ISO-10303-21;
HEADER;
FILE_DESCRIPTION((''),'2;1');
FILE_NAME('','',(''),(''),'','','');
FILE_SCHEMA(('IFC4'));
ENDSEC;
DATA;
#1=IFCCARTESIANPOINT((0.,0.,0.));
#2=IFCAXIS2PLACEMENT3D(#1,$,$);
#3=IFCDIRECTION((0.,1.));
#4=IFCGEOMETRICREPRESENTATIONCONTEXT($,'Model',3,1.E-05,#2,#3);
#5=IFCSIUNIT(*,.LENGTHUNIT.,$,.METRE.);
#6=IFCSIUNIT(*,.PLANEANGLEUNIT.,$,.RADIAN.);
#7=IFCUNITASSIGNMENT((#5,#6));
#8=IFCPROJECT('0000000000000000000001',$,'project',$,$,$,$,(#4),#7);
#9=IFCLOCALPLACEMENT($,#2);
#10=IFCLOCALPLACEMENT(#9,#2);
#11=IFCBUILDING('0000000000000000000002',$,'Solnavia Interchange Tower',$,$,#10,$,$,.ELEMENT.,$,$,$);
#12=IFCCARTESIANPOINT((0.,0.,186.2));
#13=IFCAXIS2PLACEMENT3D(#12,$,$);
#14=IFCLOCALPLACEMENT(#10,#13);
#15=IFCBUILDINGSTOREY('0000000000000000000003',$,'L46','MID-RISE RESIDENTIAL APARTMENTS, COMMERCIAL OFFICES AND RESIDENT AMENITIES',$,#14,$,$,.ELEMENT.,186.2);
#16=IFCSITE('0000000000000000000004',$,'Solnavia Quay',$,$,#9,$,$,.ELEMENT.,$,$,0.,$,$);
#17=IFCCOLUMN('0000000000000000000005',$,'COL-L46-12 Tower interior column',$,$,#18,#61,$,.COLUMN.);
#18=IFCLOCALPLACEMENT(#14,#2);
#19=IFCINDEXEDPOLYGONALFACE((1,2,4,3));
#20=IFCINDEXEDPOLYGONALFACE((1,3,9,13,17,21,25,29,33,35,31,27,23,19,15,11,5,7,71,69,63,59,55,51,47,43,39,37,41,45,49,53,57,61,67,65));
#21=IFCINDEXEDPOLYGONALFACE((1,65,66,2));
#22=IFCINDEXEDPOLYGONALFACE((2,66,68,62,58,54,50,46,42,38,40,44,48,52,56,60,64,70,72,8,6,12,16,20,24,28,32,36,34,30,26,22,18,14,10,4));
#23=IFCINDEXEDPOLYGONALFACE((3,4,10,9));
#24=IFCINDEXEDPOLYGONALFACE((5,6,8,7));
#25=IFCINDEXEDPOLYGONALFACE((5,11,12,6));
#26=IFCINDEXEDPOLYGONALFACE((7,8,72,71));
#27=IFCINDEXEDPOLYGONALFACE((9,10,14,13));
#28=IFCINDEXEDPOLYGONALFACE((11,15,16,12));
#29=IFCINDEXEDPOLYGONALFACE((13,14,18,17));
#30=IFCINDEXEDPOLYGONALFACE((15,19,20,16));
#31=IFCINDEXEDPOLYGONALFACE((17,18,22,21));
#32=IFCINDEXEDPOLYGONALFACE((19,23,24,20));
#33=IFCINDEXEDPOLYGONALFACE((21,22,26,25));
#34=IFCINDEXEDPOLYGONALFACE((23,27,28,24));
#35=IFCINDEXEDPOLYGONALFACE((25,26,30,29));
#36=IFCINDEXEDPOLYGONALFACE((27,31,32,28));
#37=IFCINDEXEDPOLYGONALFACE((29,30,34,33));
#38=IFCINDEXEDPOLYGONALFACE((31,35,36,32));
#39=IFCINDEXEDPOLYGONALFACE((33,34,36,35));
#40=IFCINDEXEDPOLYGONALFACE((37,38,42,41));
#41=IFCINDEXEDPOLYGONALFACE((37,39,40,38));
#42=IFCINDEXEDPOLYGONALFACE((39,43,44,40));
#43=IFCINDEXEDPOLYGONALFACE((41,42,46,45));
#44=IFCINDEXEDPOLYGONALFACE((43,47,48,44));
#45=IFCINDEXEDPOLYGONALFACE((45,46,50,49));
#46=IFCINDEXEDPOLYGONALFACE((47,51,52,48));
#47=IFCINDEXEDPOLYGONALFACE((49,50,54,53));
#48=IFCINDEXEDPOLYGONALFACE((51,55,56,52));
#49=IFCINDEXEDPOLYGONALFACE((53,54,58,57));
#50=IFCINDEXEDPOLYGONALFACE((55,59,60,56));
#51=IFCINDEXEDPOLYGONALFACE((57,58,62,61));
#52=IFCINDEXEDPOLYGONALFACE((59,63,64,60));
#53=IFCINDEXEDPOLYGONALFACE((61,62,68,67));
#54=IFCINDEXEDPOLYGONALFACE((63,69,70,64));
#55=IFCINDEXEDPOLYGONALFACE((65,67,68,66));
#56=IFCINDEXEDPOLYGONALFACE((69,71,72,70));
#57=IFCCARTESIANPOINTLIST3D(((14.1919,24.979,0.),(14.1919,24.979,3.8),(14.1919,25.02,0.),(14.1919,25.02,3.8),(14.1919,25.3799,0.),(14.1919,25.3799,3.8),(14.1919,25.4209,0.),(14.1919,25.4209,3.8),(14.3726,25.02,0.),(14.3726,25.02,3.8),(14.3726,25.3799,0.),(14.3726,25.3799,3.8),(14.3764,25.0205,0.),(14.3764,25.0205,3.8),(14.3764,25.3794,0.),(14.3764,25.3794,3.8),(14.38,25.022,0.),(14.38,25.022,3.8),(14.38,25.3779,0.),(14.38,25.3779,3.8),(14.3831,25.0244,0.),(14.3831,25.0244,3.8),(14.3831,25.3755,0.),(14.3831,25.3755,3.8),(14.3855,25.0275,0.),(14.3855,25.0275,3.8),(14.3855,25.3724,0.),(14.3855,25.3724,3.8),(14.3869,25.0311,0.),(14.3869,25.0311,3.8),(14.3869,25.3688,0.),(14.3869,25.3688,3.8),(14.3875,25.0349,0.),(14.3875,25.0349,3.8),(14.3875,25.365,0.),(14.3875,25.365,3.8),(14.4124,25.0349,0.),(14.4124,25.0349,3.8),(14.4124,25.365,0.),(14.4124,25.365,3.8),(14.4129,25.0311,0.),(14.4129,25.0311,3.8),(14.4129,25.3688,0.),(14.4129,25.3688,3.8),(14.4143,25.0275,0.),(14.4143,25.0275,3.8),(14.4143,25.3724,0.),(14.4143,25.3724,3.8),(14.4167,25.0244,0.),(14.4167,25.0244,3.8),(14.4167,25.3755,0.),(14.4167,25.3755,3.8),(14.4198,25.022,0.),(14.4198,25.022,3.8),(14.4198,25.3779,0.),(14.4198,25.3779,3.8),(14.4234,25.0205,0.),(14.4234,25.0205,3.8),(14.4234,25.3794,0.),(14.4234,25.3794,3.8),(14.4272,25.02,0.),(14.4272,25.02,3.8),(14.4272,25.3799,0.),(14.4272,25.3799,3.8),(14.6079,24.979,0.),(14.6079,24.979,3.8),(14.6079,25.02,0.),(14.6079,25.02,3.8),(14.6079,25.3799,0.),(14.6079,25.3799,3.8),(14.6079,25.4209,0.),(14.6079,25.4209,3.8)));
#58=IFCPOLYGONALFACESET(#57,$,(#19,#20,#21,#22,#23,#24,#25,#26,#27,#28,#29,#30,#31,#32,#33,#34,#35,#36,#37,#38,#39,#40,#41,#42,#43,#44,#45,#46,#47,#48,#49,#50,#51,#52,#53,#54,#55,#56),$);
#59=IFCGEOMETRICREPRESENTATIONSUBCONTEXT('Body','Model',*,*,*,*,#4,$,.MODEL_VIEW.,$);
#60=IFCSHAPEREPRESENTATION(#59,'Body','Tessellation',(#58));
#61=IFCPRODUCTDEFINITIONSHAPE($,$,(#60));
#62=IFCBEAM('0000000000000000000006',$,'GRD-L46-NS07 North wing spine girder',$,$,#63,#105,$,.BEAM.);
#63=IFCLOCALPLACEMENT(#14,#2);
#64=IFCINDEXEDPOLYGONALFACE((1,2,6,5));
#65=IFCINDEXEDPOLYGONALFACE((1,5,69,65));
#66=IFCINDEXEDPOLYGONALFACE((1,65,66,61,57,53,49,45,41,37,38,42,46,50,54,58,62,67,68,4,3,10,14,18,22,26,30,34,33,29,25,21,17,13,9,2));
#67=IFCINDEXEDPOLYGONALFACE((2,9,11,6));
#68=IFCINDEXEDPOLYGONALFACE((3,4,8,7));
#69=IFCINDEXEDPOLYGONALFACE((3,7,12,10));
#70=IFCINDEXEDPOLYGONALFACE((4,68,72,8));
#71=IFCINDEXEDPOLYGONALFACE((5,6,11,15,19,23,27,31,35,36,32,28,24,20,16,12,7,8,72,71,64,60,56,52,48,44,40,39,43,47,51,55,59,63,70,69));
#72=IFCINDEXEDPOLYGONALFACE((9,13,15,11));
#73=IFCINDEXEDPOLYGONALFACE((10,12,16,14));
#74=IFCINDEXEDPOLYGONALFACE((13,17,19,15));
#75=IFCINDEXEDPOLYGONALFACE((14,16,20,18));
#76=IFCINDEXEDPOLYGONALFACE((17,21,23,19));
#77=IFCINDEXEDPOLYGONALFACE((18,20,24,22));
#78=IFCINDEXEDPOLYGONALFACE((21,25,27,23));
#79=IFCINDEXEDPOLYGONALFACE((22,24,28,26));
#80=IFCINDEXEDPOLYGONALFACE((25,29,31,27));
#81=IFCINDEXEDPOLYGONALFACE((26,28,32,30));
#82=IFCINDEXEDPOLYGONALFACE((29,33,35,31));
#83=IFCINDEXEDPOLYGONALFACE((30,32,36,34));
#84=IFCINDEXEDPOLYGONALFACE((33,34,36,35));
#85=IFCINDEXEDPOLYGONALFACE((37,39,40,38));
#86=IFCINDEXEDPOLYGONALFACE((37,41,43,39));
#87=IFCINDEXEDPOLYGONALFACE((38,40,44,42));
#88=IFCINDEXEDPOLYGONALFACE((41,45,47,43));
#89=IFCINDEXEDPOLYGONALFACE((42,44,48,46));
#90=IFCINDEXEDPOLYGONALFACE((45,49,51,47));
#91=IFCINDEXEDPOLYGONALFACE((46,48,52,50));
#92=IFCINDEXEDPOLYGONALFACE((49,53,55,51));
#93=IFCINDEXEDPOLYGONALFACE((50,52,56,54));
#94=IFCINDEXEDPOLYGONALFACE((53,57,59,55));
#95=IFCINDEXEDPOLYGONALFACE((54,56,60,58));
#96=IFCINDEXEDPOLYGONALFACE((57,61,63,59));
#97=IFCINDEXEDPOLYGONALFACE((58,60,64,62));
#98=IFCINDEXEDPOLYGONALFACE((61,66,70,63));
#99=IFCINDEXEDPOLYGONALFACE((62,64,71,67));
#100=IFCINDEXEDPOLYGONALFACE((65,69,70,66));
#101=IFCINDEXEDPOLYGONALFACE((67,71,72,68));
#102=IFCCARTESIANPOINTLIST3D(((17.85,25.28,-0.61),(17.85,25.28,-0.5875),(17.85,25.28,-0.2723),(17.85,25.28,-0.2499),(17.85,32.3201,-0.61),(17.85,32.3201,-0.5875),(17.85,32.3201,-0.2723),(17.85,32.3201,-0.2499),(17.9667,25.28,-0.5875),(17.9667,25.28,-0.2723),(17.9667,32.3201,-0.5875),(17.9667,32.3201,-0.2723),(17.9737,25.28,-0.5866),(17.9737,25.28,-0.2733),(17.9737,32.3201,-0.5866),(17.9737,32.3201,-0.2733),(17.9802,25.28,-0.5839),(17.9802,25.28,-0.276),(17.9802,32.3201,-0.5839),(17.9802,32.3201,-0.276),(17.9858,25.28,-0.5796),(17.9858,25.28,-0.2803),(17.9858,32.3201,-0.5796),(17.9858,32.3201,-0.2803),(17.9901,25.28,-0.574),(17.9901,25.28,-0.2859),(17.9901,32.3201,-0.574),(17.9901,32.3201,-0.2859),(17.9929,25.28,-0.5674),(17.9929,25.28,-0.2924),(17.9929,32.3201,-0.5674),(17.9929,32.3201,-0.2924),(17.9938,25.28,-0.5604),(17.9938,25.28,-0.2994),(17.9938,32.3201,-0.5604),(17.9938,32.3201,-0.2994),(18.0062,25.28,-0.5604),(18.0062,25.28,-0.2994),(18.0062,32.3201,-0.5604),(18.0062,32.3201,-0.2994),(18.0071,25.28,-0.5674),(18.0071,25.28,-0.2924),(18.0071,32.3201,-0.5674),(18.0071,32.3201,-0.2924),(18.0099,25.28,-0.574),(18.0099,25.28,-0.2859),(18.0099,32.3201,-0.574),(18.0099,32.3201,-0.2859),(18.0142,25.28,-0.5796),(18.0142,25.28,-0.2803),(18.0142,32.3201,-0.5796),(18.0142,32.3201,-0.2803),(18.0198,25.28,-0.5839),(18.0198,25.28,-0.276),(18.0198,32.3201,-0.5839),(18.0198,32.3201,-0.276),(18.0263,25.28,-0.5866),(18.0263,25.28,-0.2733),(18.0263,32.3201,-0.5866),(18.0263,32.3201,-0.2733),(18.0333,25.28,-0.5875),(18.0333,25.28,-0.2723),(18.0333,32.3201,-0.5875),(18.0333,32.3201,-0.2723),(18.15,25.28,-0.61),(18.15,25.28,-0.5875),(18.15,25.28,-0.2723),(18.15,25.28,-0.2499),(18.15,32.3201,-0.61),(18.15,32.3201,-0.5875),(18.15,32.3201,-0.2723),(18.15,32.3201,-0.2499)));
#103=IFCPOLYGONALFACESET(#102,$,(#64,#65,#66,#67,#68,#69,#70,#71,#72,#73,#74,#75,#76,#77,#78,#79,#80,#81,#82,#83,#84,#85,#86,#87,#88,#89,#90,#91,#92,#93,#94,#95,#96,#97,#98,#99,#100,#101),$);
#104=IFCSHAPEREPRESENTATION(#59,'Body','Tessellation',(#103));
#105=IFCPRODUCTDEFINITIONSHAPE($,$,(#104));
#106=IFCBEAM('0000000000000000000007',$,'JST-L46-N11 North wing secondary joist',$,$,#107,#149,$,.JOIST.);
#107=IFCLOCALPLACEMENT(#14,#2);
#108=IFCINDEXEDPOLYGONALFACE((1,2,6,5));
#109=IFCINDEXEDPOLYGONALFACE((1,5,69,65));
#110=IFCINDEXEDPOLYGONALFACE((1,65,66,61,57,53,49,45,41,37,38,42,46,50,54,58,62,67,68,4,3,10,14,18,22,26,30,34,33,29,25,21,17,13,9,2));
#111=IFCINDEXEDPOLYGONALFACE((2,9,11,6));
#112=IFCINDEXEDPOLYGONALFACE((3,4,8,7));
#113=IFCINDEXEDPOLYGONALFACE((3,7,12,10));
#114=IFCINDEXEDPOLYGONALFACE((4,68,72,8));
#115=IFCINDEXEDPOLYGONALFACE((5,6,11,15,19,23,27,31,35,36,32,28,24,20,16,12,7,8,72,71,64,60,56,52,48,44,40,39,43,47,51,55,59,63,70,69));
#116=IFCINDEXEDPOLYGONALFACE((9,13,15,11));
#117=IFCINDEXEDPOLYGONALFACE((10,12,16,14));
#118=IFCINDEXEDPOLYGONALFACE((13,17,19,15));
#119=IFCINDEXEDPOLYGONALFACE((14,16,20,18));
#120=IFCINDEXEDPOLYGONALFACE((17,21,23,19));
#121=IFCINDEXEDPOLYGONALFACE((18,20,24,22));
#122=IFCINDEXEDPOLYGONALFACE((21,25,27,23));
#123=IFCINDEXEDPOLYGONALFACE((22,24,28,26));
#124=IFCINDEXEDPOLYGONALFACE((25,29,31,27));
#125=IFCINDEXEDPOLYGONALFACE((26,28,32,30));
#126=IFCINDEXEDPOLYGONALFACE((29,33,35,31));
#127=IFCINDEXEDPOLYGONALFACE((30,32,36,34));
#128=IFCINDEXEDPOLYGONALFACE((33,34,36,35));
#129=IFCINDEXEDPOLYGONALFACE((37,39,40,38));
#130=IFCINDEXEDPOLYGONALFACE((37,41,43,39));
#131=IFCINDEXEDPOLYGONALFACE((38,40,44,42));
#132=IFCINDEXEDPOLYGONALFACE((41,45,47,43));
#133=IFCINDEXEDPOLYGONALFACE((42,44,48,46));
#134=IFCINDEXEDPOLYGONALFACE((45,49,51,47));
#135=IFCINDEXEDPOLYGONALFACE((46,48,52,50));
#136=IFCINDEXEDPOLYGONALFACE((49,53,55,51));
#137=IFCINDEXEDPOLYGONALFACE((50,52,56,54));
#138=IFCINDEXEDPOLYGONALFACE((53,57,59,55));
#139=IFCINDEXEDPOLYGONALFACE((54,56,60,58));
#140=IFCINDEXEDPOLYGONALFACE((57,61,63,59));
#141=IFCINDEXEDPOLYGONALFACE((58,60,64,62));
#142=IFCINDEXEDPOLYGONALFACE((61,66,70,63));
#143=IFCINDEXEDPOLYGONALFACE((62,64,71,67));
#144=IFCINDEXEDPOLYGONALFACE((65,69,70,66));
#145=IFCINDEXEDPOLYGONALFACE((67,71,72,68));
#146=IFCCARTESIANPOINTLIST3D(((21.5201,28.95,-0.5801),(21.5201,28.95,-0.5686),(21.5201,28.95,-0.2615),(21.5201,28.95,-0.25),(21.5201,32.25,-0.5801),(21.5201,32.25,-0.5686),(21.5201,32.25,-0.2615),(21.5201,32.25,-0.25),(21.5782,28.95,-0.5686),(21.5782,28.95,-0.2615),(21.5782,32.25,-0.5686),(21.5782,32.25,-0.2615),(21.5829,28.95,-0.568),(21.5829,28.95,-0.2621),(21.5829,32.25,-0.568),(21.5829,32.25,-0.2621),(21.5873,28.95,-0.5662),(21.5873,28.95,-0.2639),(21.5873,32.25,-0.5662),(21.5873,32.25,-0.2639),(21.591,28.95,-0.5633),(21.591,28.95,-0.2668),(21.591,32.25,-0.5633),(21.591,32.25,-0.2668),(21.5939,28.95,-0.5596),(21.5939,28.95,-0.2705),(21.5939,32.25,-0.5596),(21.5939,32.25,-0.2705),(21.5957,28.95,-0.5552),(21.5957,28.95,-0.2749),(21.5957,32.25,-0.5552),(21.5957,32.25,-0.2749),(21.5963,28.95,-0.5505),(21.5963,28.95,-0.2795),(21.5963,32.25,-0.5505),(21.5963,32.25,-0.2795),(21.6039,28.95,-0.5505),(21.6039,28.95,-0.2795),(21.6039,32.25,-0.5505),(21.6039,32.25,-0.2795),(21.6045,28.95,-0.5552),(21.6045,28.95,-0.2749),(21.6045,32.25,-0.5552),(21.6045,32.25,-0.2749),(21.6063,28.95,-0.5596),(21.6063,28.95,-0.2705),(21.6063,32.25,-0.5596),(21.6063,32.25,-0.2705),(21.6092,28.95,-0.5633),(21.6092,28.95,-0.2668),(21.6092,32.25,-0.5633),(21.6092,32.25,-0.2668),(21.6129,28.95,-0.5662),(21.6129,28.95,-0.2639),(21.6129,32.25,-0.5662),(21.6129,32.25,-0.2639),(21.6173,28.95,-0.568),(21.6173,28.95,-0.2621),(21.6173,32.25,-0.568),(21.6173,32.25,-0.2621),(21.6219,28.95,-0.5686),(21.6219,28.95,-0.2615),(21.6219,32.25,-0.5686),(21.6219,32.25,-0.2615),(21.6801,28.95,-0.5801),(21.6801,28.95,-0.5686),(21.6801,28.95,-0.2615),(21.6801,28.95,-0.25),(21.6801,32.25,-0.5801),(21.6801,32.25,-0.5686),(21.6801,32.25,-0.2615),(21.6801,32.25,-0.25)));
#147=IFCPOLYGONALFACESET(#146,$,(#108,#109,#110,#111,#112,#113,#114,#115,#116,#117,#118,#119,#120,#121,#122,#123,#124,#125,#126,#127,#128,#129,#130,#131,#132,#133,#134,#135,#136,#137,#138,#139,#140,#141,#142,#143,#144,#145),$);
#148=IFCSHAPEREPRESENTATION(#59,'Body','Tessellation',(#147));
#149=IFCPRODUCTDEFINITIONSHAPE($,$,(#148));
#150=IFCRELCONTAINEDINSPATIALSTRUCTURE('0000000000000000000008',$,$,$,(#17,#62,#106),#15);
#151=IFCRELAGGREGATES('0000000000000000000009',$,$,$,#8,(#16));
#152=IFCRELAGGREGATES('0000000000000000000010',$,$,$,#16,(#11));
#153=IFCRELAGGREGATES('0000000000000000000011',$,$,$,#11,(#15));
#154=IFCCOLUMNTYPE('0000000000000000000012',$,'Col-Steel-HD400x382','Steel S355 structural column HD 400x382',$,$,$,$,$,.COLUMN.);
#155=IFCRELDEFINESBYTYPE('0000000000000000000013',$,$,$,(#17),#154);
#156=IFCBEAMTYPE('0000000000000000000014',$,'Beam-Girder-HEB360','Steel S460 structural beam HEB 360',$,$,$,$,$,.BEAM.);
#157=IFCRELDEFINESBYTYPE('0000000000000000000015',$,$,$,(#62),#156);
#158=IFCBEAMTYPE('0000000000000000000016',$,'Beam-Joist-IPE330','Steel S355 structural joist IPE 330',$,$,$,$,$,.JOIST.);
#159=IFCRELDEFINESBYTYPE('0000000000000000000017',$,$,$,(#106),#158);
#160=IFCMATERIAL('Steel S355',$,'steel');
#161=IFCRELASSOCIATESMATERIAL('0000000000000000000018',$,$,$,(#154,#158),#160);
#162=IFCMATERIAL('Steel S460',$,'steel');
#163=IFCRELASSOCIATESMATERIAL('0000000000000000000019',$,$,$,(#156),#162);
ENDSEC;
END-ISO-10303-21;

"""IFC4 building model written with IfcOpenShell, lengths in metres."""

from ifc_helpers import new_model, si_unit, direction, frame, origin, origin_2d, place, context, subcontext, project, spatial, i_section, extrude, material, material_profile, profile_set, type_object, element, save


model = new_model("IFC4")

# Units and contexts
model_context = context("Model", 3, precision=1e-05, world=origin(), true_north=direction((0.0, 1.0)))
body_context = subcontext(model_context, "Body", "Model", "MODEL_VIEW")
ifc_project = project(units=[si_unit("LENGTHUNIT", "METRE"), si_unit("PLANEANGLEUNIT", "RADIAN")], contexts=[model_context])

# Site, building, storey
site_placement = place(None, origin())
site = spatial("IfcSite", under=ifc_project, at=site_placement, Name="Solnavia Quay", CompositionType="ELEMENT", RefElevation=0.0)
building_placement = place(site_placement, origin())
building = spatial("IfcBuilding", under=site, at=building_placement, Name="Solnavia Interchange Tower", CompositionType="ELEMENT")
storey_placement = place(building_placement, frame((0.0, 0.0, 186.2)))
storey = spatial("IfcBuildingStorey", under=building, at=storey_placement, Name="L46", Description="MID-RISE RESIDENTIAL APARTMENTS, COMMERCIAL OFFICES AND RESIDENT AMENITIES", CompositionType="ELEMENT", Elevation=186.2)

# Column
ifc_material_1 = material(Name="Steel S355", Category="steel")
ifc_material_profile_1 = material_profile(ifc_material_1, i_section(OverallWidth=0.416, OverallDepth=0.4419, WebThickness=0.0249, FlangeThickness=0.041, FilletRadius=0.0149, at=origin_2d()), Name="HD 400x382")
ifc_profile_set_1 = profile_set([ifc_material_profile_1], Name="Steel S355")
column_type = type_object("IfcColumnType", Name="Col-Steel-HD400x382", Description="Steel S355 structural column HD 400x382", PredefinedType="COLUMN", material=ifc_profile_set_1)
column_placement = place(storey_placement, frame((14.3999, 25.2, 0.0), z_axis=(0.0, 0.0, 1.0), x_axis=(1.0, 0.0, 0.0)))
element("IfcColumn", 1, at=column_placement, inside=storey, type_object=column_type, Name="COL-L46-12 Tower interior column", PredefinedType="COLUMN", context=body_context, shape_type="SweptSolid", body=[
    extrude(i_section(OverallWidth=0.416, OverallDepth=0.4419, WebThickness=0.0249, FlangeThickness=0.041, FilletRadius=0.0149, at=origin_2d()), origin(), (0.0, 0.0, 1.0), 3.8),
])

# Beams
ifc_material_2 = material(Name="Steel S460", Category="steel")
ifc_material_profile_2 = material_profile(ifc_material_2, i_section(OverallWidth=0.3, OverallDepth=0.3601, WebThickness=0.0125, FlangeThickness=0.0225, FilletRadius=0.0271, at=origin_2d()), Name="HEB 360")
ifc_profile_set_2 = profile_set([ifc_material_profile_2], Name="Steel S460")
beam_type_1 = type_object("IfcBeamType", Name="Beam-Girder-HEB360", Description="Steel S460 structural beam HEB 360", PredefinedType="BEAM", material=ifc_profile_set_2)
beam_1_placement = place(storey_placement, frame((18.0, 25.28, -0.4299), z_axis=(0.0, 1.0, 0.0), x_axis=(-1.0, 0.0, 0.0)))
element("IfcBeam", 2, at=beam_1_placement, inside=storey, type_object=beam_type_1, Name="GRD-L46-NS07 North wing spine girder", PredefinedType="BEAM", context=body_context, shape_type="SweptSolid", body=[
    extrude(i_section(OverallWidth=0.3, OverallDepth=0.3601, WebThickness=0.0125, FlangeThickness=0.0225, FilletRadius=0.0271, at=origin_2d()), origin(), (0.0, 0.0, 1.0), 7.04),
])
ifc_material_profile_3 = material_profile(ifc_material_1, i_section(OverallWidth=0.1599, OverallDepth=0.3301, WebThickness=0.0076, FlangeThickness=0.0115, FilletRadius=0.0181, at=origin_2d()), Name="IPE 330")
ifc_profile_set_3 = profile_set([ifc_material_profile_3], Name="Steel S355")
beam_type_2 = type_object("IfcBeamType", Name="Beam-Joist-IPE330", Description="Steel S355 structural joist IPE 330", PredefinedType="JOIST", material=ifc_profile_set_3)
beam_2_placement = place(storey_placement, frame((21.6001, 28.95, -0.415), z_axis=(0.0, 1.0, 0.0), x_axis=(-1.0, 0.0, 0.0)))
element("IfcBeam", 3, at=beam_2_placement, inside=storey, type_object=beam_type_2, Name="JST-L46-N11 North wing secondary joist", PredefinedType="JOIST", context=body_context, shape_type="SweptSolid", body=[
    extrude(i_section(OverallWidth=0.1599, OverallDepth=0.3301, WebThickness=0.0076, FlangeThickness=0.0115, FilletRadius=0.0181, at=origin_2d()), origin(), (0.0, 0.0, 1.0), 3.3),
])

save(model, "model.ifc")
